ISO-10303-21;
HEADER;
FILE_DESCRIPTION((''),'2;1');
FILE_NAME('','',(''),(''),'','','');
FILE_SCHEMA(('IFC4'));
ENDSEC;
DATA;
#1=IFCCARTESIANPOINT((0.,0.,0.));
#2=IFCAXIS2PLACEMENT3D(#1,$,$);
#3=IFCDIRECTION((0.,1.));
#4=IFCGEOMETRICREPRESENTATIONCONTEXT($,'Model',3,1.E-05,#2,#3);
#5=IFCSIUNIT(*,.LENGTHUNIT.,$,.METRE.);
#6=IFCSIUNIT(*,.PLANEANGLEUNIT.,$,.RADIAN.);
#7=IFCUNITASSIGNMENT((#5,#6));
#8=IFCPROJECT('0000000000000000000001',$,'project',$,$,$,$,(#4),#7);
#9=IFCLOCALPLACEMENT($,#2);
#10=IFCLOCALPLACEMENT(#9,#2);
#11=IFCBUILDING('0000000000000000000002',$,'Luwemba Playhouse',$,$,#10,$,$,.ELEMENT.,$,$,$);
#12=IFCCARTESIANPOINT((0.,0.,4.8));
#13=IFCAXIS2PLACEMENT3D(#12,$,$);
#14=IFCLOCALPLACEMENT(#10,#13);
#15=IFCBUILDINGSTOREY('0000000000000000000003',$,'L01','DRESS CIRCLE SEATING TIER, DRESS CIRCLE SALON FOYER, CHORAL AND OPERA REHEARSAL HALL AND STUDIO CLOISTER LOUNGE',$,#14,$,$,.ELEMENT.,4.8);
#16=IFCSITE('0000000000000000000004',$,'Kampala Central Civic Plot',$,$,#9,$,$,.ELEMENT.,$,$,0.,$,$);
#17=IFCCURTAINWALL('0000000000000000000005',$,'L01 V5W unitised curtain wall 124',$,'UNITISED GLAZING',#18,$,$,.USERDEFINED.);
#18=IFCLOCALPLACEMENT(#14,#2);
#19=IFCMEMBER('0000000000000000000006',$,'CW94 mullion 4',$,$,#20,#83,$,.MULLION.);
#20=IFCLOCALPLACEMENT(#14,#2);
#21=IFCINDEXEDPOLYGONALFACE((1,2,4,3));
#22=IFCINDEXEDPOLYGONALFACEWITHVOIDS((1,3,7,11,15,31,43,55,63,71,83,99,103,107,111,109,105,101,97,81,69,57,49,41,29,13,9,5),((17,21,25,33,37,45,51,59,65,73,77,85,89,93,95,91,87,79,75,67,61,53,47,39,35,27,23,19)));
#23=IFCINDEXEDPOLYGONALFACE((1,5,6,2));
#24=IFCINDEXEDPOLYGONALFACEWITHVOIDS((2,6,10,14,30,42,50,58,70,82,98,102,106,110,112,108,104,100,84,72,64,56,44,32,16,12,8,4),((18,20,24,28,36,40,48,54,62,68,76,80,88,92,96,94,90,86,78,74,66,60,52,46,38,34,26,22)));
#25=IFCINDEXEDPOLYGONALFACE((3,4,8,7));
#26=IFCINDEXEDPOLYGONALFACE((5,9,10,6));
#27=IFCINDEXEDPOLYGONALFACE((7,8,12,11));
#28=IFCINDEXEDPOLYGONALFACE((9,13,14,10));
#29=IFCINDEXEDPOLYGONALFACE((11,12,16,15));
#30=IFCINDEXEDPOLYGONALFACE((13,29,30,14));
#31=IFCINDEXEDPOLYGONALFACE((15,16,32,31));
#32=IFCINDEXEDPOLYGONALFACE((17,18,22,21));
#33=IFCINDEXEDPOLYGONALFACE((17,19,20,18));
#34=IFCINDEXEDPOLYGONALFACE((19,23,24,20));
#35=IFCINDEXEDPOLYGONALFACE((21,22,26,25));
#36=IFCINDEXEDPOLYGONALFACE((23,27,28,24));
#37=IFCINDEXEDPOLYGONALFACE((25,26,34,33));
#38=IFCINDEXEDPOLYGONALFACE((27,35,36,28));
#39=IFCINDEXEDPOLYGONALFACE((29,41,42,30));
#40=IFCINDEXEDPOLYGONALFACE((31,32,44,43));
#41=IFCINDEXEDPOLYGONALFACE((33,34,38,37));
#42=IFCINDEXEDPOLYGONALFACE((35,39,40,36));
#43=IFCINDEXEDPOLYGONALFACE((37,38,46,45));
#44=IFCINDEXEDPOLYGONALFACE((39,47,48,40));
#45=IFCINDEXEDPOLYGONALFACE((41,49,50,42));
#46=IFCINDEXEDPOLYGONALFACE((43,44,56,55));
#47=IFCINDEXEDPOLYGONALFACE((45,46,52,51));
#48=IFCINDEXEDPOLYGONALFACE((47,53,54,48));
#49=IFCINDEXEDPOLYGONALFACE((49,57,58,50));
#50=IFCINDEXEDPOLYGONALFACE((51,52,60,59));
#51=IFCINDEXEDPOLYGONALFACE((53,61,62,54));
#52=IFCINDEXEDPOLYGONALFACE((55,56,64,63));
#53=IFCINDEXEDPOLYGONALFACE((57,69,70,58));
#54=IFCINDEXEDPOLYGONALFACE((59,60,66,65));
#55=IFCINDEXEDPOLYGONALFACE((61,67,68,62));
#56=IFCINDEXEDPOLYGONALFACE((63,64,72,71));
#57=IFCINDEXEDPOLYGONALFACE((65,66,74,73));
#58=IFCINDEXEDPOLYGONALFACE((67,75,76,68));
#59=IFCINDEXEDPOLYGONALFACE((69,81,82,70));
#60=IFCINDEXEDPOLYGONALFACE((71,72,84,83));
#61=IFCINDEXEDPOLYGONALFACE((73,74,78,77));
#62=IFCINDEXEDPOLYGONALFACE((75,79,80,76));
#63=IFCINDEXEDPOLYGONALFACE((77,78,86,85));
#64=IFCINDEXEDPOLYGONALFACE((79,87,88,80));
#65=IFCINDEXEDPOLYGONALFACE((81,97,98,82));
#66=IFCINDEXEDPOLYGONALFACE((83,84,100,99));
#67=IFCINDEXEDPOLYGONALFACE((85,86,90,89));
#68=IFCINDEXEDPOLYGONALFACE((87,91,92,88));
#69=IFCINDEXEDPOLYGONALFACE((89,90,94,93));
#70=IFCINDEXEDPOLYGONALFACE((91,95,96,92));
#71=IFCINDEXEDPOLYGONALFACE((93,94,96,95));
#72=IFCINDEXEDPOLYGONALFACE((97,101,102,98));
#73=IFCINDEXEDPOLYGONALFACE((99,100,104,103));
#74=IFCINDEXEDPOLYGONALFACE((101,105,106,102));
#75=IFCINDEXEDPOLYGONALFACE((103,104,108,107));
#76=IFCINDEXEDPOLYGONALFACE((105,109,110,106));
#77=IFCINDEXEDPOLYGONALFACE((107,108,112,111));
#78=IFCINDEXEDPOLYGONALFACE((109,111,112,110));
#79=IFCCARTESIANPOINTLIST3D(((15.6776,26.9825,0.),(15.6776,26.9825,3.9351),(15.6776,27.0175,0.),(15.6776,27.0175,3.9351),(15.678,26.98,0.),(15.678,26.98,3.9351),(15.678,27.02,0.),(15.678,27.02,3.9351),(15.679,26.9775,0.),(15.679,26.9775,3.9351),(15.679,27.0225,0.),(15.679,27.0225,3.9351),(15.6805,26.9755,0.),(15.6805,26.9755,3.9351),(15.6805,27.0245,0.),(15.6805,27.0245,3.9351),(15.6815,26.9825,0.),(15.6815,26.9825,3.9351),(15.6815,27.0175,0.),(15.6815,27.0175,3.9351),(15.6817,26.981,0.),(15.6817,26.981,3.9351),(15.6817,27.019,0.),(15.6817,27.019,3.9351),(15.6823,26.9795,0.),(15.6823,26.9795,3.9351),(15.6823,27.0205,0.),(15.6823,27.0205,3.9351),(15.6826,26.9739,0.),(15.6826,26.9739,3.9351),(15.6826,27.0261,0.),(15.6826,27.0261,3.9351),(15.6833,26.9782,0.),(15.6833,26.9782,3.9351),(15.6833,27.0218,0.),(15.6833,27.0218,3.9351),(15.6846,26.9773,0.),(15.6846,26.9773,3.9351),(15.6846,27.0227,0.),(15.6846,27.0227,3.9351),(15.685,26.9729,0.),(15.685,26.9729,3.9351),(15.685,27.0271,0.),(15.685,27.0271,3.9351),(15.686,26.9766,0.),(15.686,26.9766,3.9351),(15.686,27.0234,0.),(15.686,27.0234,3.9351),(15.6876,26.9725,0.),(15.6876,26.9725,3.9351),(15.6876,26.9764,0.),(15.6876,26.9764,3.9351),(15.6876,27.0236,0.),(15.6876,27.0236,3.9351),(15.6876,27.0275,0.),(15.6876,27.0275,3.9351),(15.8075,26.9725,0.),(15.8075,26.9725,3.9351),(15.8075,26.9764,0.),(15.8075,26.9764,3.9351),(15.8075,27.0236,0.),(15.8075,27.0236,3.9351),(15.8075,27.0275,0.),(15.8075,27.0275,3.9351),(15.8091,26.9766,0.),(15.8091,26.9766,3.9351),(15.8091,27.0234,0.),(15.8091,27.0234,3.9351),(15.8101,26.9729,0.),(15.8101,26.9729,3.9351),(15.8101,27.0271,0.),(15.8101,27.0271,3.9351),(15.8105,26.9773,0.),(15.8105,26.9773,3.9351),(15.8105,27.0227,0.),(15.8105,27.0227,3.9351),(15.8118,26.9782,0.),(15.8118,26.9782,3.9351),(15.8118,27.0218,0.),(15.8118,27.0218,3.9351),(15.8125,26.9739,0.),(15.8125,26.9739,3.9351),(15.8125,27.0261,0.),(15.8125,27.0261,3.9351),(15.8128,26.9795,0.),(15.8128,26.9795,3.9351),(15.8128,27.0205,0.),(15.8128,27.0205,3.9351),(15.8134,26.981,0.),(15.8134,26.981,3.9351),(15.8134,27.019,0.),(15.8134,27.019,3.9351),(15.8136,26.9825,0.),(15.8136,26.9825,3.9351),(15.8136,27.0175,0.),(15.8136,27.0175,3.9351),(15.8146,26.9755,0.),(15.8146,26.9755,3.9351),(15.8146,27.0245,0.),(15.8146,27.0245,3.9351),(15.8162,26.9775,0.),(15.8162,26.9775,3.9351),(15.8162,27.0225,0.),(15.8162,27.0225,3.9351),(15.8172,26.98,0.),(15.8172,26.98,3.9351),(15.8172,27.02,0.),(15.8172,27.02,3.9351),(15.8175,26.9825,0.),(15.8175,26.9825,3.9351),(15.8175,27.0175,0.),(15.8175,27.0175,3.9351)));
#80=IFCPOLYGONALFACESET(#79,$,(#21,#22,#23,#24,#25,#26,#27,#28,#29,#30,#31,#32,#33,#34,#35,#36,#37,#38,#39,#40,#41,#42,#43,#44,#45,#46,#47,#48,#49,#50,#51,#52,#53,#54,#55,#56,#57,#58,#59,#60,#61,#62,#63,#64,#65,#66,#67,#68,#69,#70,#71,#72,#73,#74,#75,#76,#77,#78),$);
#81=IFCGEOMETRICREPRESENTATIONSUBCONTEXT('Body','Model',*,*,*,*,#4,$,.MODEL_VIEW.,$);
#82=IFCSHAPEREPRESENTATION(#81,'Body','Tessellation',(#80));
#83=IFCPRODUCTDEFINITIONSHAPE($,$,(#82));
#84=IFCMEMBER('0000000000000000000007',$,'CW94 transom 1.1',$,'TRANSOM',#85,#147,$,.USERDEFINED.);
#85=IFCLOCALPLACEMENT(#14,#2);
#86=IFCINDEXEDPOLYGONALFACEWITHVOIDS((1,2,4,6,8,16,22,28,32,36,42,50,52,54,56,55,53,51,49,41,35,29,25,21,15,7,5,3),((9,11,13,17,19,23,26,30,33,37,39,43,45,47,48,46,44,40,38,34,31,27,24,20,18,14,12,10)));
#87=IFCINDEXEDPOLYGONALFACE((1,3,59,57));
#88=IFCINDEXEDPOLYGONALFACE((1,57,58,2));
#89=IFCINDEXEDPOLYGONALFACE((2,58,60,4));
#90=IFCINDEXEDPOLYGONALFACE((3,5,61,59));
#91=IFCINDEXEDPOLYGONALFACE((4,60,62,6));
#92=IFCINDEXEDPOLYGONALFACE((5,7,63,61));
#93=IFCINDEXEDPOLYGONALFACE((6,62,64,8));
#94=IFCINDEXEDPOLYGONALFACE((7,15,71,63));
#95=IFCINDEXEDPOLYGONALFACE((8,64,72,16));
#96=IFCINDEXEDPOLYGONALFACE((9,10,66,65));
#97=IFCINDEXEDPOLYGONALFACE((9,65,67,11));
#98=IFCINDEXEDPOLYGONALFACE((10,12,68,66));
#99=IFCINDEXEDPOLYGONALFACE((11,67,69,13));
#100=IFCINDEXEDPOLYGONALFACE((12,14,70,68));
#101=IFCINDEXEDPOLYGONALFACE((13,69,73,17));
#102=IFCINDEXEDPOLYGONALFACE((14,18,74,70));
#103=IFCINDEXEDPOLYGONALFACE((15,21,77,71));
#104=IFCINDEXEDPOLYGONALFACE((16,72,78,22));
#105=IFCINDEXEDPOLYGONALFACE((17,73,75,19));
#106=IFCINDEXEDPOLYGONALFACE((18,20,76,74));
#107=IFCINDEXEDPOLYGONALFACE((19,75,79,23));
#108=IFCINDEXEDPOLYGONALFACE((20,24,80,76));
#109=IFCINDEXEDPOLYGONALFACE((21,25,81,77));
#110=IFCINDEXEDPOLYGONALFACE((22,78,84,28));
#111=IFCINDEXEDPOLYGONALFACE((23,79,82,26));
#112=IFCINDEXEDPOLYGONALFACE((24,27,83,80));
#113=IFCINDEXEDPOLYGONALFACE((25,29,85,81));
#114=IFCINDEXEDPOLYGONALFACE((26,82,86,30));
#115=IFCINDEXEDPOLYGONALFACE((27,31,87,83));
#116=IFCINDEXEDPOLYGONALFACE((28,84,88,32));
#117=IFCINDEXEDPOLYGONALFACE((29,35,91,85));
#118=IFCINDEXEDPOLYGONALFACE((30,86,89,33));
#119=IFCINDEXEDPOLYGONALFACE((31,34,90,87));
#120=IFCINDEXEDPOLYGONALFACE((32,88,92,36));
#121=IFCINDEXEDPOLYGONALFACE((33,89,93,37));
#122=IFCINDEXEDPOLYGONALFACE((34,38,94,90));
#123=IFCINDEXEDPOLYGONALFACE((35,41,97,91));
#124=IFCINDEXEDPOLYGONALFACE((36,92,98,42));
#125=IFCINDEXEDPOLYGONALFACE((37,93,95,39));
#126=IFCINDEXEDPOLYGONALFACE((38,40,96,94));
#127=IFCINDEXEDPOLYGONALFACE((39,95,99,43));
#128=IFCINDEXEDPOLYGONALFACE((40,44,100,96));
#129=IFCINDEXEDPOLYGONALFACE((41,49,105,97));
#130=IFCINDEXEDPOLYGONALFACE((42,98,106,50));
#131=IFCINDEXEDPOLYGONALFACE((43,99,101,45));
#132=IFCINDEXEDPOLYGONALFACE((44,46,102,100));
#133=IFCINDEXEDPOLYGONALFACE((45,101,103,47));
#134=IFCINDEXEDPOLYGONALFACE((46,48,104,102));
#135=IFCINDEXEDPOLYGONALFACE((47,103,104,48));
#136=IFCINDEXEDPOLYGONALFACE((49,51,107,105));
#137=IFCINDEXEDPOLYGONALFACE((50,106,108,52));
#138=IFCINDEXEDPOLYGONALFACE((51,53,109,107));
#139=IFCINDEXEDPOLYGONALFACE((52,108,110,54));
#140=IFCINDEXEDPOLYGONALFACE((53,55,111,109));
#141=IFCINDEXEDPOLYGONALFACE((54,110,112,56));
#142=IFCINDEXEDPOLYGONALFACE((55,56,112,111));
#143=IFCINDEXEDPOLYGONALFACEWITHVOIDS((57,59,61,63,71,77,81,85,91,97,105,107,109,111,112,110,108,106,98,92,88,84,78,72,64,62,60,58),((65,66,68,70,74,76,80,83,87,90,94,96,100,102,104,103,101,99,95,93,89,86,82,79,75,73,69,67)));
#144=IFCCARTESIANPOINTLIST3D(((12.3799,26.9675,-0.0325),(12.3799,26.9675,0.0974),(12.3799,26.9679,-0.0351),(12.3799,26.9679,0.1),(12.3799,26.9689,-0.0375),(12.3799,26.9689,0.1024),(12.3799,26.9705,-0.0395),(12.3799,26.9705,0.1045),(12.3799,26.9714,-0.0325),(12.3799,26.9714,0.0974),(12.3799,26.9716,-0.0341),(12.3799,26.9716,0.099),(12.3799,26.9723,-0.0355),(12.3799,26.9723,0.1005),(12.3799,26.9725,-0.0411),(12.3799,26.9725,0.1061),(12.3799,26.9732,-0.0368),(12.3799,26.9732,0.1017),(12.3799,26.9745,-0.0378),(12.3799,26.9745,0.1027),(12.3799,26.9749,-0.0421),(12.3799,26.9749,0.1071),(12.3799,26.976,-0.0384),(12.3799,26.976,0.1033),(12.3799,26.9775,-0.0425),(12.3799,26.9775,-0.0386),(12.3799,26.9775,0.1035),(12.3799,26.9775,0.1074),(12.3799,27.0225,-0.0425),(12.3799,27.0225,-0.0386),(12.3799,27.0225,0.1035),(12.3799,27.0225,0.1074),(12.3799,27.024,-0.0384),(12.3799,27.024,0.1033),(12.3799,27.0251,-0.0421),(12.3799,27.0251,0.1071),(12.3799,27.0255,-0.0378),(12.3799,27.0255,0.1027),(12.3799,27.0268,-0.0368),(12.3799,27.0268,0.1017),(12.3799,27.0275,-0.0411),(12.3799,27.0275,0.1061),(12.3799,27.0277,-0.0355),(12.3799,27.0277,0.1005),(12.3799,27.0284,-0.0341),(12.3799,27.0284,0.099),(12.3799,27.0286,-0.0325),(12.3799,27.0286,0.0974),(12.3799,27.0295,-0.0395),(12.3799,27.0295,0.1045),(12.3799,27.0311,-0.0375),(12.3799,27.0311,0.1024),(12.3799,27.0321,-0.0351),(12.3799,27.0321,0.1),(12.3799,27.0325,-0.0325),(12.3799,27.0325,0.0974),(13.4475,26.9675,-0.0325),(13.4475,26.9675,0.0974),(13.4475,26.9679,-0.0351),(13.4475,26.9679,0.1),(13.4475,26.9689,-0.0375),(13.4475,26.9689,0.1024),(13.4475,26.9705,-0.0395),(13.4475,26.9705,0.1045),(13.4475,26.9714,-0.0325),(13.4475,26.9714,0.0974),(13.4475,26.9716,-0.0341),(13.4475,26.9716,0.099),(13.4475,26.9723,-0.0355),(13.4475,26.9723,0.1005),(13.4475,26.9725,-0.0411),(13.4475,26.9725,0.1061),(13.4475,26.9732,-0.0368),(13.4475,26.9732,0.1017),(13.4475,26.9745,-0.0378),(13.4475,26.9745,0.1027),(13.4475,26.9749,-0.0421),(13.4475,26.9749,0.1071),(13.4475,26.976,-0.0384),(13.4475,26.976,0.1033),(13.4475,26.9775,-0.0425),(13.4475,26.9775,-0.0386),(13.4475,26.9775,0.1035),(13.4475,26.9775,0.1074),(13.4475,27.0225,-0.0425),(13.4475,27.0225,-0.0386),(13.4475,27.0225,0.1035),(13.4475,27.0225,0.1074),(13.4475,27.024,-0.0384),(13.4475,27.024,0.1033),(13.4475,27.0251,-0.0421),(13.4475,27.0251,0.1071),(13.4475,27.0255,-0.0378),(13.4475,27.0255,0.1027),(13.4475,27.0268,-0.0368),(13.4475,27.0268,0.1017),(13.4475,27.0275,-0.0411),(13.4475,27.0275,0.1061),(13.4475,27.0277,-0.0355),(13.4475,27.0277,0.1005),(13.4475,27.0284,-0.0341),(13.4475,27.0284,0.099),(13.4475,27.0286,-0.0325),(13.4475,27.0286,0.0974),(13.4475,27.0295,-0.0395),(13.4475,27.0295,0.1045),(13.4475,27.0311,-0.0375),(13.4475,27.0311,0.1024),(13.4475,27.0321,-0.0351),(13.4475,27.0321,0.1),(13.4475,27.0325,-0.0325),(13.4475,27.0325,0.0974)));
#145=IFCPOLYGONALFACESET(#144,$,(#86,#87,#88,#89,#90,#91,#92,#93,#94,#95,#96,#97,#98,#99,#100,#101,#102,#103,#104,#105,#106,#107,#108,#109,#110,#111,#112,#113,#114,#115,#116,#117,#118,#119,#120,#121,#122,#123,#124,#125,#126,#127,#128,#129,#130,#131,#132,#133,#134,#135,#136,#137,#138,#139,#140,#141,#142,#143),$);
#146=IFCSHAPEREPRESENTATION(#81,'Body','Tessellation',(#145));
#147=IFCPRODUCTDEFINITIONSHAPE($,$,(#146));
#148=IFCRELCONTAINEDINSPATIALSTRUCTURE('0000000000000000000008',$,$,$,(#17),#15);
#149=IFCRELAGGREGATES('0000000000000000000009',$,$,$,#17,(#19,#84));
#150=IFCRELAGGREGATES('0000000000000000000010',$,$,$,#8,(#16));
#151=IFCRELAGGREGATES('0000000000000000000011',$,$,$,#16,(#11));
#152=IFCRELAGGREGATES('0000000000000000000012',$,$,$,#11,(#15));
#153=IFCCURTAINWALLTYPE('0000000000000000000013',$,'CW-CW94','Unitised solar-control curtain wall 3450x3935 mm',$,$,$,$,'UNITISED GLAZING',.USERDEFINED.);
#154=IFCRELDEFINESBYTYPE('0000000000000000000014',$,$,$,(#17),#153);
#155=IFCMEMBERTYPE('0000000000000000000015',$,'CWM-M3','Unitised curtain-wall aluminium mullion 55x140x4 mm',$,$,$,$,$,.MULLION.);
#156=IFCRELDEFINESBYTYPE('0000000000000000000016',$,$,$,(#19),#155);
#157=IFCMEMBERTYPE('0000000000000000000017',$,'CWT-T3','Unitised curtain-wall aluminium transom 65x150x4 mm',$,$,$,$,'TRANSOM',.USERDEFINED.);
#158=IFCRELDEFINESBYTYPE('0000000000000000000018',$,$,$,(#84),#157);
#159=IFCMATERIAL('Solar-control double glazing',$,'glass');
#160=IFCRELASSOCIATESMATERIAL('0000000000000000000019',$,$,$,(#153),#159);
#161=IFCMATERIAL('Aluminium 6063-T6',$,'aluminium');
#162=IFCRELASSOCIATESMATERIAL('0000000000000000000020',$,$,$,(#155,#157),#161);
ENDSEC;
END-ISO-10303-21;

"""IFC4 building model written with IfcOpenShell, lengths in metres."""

from ifc_helpers import new_model, si_unit, direction, frame, origin, origin_2d, place, context, subcontext, project, spatial, hollow_rectangle, extrude, material, material_profile, profile_set, type_object, element, aggregate, save


model = new_model("IFC4")

# Units and contexts
model_context = context("Model", 3, precision=1e-05, world=origin(), true_north=direction((0.0, 1.0)))
body_context = subcontext(model_context, "Body", "Model", "MODEL_VIEW")
ifc_project = project(units=[si_unit("LENGTHUNIT", "METRE"), si_unit("PLANEANGLEUNIT", "RADIAN")], contexts=[model_context])

# Site, building, storey
site_placement = place(None, origin())
site = spatial("IfcSite", under=ifc_project, at=site_placement, Name="Kampala Central Civic Plot", CompositionType="ELEMENT", RefElevation=0.0)
building_placement = place(site_placement, origin())
building = spatial("IfcBuilding", under=site, at=building_placement, Name="Luwemba Playhouse", CompositionType="ELEMENT")
storey_placement = place(building_placement, frame((0.0, 0.0, 4.8)))
storey = spatial("IfcBuildingStorey", under=building, at=storey_placement, Name="L01", Description="DRESS CIRCLE SEATING TIER, DRESS CIRCLE SALON FOYER, CHORAL AND OPERA REHEARSAL HALL AND STUDIO CLOISTER LOUNGE", CompositionType="ELEMENT", Elevation=4.8)

# Shared definitions
ifc_material_1 = material(Name="Solar-control double glazing", Category="glass")
ifc_material_2 = material(Name="Aluminium 6063-T6", Category="aluminium")

# Curtain wall, members
curtain_wall_type_1 = type_object("IfcCurtainWallType", Name="CW-CW94", Description="Unitised solar-control curtain wall 3450x3935 mm", ElementType="UNITISED GLAZING", PredefinedType="USERDEFINED", material=ifc_material_1)
curtain_wall_1_placement = place(storey_placement, origin())
curtain_wall_1 = element("IfcCurtainWall", 1, at=curtain_wall_1_placement, inside=storey, type_object=curtain_wall_type_1, Name="L01 V5W unitised curtain wall 124", ObjectType="UNITISED GLAZING", PredefinedType="USERDEFINED")
ifc_material_profile_1 = material_profile(ifc_material_2, hollow_rectangle(XDim=0.0549, YDim=0.1399, WallThickness=0.0039, InnerFilletRadius=0.0061, OuterFilletRadius=0.01, at=origin_2d()))
ifc_profile_set_1 = profile_set([ifc_material_profile_1], Name="Aluminium 6063-T6")
member_type_1 = type_object("IfcMemberType", Name="CWM-M3", Description="Unitised curtain-wall aluminium mullion 55x140x4 mm", PredefinedType="MULLION", material=ifc_profile_set_1)
member_1_placement = place(storey_placement, frame((15.7476, 27.0, 0.0), z_axis=(0.0, 0.0, 1.0), x_axis=(0.0, 1.0, 0.0)))
member_1 = element("IfcMember", 2, at=member_1_placement, type_object=member_type_1, Name="CW94 mullion 4", PredefinedType="MULLION", context=body_context, shape_type="SweptSolid", body=[
    extrude(hollow_rectangle(XDim=0.0549, YDim=0.1399, WallThickness=0.0039, InnerFilletRadius=0.0061, OuterFilletRadius=0.01, at=origin_2d()), origin(), (0.0, 0.0, 1.0), 3.9351),
])
ifc_material_profile_2 = material_profile(ifc_material_2, hollow_rectangle(XDim=0.0649, YDim=0.1499, WallThickness=0.0039, InnerFilletRadius=0.0061, OuterFilletRadius=0.01, at=origin_2d()))
ifc_profile_set_2 = profile_set([ifc_material_profile_2], Name="Aluminium 6063-T6")
member_type_2 = type_object("IfcMemberType", Name="CWT-T3", Description="Unitised curtain-wall aluminium transom 65x150x4 mm", ElementType="TRANSOM", PredefinedType="USERDEFINED", material=ifc_profile_set_2)
member_2_placement = place(storey_placement, frame((12.3799, 27.0, 0.0325), z_axis=(1.0, 0.0, 0.0), x_axis=(0.0, 1.0, 0.0)))
member_2 = element("IfcMember", 3, at=member_2_placement, type_object=member_type_2, Name="CW94 transom 1.1", ObjectType="TRANSOM", PredefinedType="USERDEFINED", context=body_context, shape_type="SweptSolid", body=[
    extrude(hollow_rectangle(XDim=0.0649, YDim=0.1499, WallThickness=0.0039, InnerFilletRadius=0.0061, OuterFilletRadius=0.01, at=origin_2d()), origin(), (0.0, 0.0, 1.0), 1.0676),
])

aggregate(curtain_wall_1, [member_1, member_2])

save(model, "model.ifc")
